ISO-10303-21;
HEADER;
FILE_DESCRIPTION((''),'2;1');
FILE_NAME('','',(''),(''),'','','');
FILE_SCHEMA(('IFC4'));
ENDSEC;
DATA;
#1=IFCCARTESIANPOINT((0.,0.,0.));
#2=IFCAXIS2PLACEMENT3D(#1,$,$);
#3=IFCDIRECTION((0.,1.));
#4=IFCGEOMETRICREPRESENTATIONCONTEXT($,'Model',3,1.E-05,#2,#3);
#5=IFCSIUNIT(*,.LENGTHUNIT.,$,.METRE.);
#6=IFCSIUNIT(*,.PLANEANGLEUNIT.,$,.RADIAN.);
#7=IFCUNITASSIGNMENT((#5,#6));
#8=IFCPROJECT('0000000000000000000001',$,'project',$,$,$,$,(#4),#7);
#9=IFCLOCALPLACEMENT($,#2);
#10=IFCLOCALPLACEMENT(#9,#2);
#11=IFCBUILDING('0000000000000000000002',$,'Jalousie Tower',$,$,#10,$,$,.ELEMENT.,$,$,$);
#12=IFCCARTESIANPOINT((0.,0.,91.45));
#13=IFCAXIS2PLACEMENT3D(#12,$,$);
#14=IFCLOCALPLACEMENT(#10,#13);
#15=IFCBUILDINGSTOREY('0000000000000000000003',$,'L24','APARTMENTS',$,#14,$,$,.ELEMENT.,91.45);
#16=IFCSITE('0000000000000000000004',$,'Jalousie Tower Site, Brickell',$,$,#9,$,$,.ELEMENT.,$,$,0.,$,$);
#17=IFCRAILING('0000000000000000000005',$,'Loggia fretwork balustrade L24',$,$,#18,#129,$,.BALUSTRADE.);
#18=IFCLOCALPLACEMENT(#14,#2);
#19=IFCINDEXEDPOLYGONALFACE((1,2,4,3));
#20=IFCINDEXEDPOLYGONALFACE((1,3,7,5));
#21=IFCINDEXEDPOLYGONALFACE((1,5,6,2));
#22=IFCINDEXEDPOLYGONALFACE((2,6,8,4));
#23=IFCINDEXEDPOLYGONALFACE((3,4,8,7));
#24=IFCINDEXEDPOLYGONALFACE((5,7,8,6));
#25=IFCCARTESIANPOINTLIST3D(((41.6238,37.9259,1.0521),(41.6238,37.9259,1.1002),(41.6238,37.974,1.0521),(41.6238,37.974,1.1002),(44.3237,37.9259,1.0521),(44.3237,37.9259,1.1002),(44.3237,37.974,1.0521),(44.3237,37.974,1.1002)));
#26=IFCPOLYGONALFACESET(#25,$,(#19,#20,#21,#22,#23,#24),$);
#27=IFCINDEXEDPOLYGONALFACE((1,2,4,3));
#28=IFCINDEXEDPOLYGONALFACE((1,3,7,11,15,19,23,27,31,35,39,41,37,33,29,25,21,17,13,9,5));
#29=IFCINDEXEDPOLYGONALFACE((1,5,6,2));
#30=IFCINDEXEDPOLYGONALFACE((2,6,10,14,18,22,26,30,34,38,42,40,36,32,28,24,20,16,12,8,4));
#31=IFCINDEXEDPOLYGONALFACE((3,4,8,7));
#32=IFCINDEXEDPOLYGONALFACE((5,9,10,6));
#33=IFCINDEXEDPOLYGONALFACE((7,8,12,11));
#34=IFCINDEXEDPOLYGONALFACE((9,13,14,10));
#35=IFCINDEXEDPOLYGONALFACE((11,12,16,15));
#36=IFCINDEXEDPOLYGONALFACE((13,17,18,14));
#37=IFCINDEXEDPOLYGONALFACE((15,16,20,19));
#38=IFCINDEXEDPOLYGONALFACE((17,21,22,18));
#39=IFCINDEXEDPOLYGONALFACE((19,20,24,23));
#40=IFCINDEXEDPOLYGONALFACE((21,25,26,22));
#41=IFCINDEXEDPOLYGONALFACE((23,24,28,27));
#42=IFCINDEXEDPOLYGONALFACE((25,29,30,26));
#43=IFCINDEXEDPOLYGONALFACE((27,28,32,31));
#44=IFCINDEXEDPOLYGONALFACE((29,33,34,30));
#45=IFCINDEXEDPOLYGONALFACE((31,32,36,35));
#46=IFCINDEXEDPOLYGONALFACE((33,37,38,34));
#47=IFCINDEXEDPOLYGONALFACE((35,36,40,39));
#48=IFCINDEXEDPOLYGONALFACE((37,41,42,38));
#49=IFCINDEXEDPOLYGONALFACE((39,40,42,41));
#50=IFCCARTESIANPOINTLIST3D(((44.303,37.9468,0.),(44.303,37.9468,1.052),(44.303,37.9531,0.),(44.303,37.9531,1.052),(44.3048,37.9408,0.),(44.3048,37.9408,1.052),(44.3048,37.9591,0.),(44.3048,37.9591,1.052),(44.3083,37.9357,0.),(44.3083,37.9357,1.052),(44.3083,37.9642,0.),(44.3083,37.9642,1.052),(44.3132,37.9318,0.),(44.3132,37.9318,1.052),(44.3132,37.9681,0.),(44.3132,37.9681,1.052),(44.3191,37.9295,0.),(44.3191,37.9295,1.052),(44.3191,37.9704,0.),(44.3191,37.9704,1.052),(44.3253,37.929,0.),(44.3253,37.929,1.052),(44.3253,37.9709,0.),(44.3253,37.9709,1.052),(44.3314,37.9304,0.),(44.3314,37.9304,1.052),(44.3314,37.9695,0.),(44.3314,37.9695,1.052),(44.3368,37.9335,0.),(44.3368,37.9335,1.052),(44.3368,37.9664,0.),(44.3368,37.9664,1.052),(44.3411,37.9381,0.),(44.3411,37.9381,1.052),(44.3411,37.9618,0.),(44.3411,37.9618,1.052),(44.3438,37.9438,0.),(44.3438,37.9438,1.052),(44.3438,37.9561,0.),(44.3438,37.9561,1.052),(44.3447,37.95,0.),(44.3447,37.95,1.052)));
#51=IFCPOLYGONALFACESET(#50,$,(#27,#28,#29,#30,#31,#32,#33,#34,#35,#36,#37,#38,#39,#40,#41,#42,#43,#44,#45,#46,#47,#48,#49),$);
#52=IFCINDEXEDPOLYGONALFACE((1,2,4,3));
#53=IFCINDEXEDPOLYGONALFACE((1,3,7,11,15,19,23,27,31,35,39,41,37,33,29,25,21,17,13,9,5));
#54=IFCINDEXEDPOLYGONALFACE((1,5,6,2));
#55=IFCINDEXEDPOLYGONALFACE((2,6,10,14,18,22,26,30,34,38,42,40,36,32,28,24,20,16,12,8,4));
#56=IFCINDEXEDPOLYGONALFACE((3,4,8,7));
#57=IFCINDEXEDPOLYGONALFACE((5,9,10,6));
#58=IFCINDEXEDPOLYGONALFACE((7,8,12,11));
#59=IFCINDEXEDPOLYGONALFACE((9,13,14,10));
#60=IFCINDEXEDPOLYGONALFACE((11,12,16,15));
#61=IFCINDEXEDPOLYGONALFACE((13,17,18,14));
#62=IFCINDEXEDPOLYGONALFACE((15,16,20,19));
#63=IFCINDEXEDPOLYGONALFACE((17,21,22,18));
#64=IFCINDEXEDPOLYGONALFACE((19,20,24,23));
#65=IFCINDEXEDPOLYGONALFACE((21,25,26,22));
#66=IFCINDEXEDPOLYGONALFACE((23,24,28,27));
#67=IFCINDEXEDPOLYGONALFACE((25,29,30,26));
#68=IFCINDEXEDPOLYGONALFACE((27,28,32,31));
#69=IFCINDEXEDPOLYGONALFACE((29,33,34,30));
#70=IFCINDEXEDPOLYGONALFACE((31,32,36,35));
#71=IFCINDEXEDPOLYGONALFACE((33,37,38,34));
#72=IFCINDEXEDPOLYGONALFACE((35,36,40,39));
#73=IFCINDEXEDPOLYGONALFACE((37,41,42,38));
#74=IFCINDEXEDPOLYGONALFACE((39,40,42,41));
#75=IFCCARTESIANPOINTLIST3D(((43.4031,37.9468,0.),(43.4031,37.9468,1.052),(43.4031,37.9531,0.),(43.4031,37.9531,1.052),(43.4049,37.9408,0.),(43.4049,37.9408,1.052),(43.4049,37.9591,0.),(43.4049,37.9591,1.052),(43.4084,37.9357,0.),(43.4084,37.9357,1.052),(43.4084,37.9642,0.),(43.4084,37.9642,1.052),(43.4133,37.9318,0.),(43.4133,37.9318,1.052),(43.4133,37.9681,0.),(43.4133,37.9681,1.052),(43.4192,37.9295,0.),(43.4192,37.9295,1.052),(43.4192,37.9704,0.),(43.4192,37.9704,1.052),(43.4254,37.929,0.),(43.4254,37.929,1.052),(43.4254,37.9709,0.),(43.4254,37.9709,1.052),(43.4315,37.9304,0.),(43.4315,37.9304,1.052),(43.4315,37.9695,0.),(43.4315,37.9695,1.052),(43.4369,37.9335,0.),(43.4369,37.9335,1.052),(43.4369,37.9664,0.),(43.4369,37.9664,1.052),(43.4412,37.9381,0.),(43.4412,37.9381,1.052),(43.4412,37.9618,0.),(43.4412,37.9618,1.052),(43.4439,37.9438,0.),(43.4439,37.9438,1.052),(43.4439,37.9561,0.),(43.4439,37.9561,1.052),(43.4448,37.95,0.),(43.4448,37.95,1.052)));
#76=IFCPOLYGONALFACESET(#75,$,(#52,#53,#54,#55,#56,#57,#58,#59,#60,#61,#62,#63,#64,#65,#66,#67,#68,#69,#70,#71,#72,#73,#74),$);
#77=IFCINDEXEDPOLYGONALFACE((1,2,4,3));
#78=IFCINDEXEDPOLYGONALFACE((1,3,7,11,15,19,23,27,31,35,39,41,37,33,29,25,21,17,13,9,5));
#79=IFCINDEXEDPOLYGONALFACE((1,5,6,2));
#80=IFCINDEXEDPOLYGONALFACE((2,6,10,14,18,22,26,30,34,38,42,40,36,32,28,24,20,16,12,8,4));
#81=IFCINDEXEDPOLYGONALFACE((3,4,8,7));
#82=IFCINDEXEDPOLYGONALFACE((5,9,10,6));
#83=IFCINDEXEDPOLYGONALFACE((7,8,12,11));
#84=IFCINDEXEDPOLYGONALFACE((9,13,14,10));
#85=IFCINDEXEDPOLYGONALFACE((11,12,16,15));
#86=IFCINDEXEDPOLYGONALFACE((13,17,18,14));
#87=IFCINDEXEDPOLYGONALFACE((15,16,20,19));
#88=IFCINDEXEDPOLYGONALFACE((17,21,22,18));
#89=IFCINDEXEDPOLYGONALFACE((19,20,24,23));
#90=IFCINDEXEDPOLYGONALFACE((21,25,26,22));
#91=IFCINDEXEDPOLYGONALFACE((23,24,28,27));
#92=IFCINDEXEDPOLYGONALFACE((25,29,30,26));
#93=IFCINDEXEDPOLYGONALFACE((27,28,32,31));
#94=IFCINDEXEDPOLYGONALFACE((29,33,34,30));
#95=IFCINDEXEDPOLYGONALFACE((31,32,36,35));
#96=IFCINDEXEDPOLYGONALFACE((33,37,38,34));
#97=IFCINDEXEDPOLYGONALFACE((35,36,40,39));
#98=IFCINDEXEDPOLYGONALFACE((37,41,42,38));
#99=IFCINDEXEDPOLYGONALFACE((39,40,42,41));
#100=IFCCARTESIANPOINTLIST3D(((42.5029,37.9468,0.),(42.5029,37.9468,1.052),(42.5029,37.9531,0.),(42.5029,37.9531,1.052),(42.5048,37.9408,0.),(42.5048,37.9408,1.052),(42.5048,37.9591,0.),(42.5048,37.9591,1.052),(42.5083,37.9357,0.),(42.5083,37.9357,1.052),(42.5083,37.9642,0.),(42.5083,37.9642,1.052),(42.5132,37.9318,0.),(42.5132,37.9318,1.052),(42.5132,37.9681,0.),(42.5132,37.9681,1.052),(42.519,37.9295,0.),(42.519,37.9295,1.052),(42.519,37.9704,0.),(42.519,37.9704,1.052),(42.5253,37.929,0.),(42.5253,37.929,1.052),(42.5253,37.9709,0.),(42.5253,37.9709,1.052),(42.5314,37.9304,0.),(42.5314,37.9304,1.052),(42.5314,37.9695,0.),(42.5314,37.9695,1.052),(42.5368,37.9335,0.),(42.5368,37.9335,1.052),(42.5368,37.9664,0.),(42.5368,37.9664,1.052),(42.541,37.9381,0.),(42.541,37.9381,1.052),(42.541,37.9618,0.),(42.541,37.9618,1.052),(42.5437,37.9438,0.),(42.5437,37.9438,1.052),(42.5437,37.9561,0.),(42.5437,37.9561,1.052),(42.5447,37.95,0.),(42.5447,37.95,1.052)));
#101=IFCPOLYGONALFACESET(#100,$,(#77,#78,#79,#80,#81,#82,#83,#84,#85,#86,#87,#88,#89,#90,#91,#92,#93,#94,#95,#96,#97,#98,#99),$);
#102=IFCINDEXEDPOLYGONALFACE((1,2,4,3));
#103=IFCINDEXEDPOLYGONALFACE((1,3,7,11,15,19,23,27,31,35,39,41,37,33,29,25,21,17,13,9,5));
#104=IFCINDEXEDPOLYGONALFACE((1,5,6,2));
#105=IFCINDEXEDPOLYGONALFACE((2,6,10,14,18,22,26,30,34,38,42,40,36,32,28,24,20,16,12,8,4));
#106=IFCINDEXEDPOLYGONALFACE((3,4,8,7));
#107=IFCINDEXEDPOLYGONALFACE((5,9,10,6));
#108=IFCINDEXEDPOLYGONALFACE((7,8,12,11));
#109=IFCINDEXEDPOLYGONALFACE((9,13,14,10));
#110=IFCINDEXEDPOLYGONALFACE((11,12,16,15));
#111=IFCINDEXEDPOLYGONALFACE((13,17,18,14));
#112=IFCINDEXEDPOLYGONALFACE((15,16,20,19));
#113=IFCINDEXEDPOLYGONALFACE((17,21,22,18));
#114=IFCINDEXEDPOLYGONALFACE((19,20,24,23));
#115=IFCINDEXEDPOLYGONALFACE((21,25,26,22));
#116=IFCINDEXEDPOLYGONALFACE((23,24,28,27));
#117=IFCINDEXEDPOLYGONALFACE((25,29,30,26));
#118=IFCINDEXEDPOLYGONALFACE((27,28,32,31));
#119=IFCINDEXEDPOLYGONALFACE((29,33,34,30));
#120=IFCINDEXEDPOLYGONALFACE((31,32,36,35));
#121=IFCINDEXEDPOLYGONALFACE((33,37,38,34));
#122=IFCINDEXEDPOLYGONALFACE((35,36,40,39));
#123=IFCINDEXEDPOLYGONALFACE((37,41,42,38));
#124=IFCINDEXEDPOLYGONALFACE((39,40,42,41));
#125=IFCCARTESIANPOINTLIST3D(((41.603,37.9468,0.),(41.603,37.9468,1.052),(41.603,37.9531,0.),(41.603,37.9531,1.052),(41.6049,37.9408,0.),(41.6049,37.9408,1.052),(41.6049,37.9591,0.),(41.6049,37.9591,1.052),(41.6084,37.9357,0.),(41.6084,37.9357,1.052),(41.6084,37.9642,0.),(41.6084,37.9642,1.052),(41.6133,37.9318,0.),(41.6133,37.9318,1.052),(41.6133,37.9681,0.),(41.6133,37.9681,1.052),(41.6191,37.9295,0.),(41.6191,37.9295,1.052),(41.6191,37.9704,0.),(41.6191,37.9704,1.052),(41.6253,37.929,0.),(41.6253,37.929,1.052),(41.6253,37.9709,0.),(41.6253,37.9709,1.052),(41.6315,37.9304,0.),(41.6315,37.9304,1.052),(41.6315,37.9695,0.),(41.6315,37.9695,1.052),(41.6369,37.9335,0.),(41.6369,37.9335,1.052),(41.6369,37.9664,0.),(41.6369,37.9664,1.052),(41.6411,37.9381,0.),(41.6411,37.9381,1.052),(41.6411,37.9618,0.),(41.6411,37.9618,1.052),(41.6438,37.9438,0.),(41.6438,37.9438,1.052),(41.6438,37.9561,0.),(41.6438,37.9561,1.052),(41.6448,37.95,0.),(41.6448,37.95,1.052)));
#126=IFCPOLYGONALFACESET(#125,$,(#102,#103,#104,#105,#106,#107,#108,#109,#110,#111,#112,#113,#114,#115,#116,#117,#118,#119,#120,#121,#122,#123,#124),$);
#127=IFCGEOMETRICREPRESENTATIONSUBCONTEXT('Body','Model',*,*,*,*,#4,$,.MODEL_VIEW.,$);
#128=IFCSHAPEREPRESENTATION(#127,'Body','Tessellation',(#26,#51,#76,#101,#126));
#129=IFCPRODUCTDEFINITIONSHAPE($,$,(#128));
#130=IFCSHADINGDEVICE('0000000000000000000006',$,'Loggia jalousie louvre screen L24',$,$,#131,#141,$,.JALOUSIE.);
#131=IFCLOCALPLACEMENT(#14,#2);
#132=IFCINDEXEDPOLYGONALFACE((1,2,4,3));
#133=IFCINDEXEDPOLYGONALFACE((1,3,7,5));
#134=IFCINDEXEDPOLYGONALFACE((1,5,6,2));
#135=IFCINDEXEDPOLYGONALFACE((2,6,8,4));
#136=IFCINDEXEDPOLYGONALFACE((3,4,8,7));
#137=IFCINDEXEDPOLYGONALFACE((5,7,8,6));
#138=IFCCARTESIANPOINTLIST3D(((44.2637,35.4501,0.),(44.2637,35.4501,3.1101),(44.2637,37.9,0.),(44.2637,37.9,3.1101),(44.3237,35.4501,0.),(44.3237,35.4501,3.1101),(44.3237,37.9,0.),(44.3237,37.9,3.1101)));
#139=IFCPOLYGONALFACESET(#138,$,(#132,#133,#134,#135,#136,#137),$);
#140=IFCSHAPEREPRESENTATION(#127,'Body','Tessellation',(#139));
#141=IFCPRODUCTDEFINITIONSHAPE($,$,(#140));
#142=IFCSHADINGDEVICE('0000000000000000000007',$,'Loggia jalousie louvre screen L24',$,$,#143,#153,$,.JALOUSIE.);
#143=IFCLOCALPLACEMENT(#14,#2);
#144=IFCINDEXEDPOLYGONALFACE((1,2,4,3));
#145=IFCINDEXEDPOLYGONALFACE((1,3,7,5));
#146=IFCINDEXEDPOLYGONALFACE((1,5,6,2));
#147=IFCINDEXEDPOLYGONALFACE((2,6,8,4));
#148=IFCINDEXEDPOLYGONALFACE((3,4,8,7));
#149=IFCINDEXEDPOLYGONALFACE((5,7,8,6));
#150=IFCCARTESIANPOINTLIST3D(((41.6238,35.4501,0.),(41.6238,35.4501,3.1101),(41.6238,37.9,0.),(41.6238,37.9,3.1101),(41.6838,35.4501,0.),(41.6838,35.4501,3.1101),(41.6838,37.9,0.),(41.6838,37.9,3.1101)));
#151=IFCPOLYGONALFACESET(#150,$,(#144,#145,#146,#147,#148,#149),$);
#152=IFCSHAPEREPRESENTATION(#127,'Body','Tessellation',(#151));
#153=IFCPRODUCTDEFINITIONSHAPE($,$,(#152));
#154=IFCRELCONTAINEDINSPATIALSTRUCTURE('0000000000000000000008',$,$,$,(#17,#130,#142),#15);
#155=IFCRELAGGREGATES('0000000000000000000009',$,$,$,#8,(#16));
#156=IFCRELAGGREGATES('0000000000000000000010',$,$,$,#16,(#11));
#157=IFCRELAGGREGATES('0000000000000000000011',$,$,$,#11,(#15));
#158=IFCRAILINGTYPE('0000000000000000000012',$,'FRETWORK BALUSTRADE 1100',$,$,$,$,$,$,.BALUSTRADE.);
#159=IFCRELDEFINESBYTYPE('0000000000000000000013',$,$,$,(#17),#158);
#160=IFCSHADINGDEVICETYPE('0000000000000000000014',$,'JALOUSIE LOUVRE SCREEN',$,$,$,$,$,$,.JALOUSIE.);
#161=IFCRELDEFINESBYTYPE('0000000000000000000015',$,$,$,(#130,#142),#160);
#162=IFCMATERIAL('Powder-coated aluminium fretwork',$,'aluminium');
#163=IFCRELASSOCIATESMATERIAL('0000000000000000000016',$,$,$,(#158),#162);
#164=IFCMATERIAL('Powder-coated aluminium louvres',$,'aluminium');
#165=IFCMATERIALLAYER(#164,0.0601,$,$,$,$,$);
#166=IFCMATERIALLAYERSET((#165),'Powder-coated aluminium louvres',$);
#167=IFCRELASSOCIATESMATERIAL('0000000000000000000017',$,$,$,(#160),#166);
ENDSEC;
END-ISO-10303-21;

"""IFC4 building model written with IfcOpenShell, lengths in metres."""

from ifc_helpers import new_model, si_unit, direction, frame, origin, origin_2d, place, context, subcontext, project, spatial, rectangle, circle, extrude, material, layer, layer_set, type_object, element, save


model = new_model("IFC4")

# Units and contexts
model_context = context("Model", 3, precision=1e-05, world=origin(), true_north=direction((0.0, 1.0)))
body_context = subcontext(model_context, "Body", "Model", "MODEL_VIEW")
ifc_project = project(units=[si_unit("LENGTHUNIT", "METRE"), si_unit("PLANEANGLEUNIT", "RADIAN")], contexts=[model_context])

# Site, building, storey
site_placement = place(None, origin())
site = spatial("IfcSite", under=ifc_project, at=site_placement, Name="Jalousie Tower Site, Brickell", CompositionType="ELEMENT", RefElevation=0.0)
building_placement = place(site_placement, origin())
building = spatial("IfcBuilding", under=site, at=building_placement, Name="Jalousie Tower", CompositionType="ELEMENT")
storey_placement = place(building_placement, frame((0.0, 0.0, 91.45)))
storey = spatial("IfcBuildingStorey", under=building, at=storey_placement, Name="L24", Description="APARTMENTS", CompositionType="ELEMENT", Elevation=91.45)

# Railing
ifc_material_1 = material(Name="Powder-coated aluminium fretwork", Category="aluminium")
railing_type = type_object("IfcRailingType", Name="FRETWORK BALUSTRADE 1100", PredefinedType="BALUSTRADE", material=ifc_material_1)
railing_placement = place(storey_placement, frame((44.3237, 37.95, 0.0)))
element("IfcRailing", 1, at=railing_placement, inside=storey, type_object=railing_type, Name="Loggia fretwork balustrade L24", PredefinedType="BALUSTRADE", context=body_context, shape_type="SweptSolid", body=[
    extrude(rectangle(XDim=0.0481, YDim=0.0481, at=origin_2d()), frame((0.0, 0.0, 1.0762), z_axis=(-1.0, 0.0, 0.0), x_axis=(0.0, -1.0, 0.0)), (0.0, 0.0, 1.0), 2.7),
    extrude(circle(Radius=0.021, at=origin_2d()), origin(), (0.0, 0.0, 1.0), 1.052),
    extrude(circle(Radius=0.021, at=origin_2d()), frame((-0.8999, 0.0, 0.0)), (0.0, 0.0, 1.0), 1.052),
    extrude(circle(Radius=0.021, at=origin_2d()), frame((-1.8, 0.0, 0.0)), (0.0, 0.0, 1.0), 1.052),
    extrude(circle(Radius=0.021, at=origin_2d()), frame((-2.7, 0.0, 0.0)), (0.0, 0.0, 1.0), 1.052),
])

# Shading devices
ifc_material_2 = material(Name="Powder-coated aluminium louvres", Category="aluminium")
ifc_layer_1 = layer(ifc_material_2, 0.0601)
ifc_layer_set_1 = layer_set([ifc_layer_1], Name="Powder-coated aluminium louvres")
shading_device_type_1 = type_object("IfcShadingDeviceType", Name="JALOUSIE LOUVRE SCREEN", PredefinedType="JALOUSIE", material=ifc_layer_set_1)
for number, where, z_axis, x_axis, name in (
    (2, (44.2937, 36.675, 0.0), (0.0, 0.0, 1.0), (-1.0, 0.0, 0.0), "Loggia jalousie louvre screen L24"),
    (3, (41.6538, 36.675, 0.0), (0.0, 0.0, 1.0), (-1.0, 0.0, 0.0), "Loggia jalousie louvre screen L24"),
):
    element("IfcShadingDevice", number, at=place(storey_placement, frame(where, z_axis=z_axis, x_axis=x_axis)), inside=storey, type_object=shading_device_type_1, Name=name, PredefinedType="JALOUSIE", context=body_context, shape_type="SweptSolid", body=[
        extrude(rectangle(XDim=0.0601, YDim=2.45, at=origin_2d()), origin(), (0.0, 0.0, 1.0), 3.1101),
    ])

save(model, "model.ifc")
